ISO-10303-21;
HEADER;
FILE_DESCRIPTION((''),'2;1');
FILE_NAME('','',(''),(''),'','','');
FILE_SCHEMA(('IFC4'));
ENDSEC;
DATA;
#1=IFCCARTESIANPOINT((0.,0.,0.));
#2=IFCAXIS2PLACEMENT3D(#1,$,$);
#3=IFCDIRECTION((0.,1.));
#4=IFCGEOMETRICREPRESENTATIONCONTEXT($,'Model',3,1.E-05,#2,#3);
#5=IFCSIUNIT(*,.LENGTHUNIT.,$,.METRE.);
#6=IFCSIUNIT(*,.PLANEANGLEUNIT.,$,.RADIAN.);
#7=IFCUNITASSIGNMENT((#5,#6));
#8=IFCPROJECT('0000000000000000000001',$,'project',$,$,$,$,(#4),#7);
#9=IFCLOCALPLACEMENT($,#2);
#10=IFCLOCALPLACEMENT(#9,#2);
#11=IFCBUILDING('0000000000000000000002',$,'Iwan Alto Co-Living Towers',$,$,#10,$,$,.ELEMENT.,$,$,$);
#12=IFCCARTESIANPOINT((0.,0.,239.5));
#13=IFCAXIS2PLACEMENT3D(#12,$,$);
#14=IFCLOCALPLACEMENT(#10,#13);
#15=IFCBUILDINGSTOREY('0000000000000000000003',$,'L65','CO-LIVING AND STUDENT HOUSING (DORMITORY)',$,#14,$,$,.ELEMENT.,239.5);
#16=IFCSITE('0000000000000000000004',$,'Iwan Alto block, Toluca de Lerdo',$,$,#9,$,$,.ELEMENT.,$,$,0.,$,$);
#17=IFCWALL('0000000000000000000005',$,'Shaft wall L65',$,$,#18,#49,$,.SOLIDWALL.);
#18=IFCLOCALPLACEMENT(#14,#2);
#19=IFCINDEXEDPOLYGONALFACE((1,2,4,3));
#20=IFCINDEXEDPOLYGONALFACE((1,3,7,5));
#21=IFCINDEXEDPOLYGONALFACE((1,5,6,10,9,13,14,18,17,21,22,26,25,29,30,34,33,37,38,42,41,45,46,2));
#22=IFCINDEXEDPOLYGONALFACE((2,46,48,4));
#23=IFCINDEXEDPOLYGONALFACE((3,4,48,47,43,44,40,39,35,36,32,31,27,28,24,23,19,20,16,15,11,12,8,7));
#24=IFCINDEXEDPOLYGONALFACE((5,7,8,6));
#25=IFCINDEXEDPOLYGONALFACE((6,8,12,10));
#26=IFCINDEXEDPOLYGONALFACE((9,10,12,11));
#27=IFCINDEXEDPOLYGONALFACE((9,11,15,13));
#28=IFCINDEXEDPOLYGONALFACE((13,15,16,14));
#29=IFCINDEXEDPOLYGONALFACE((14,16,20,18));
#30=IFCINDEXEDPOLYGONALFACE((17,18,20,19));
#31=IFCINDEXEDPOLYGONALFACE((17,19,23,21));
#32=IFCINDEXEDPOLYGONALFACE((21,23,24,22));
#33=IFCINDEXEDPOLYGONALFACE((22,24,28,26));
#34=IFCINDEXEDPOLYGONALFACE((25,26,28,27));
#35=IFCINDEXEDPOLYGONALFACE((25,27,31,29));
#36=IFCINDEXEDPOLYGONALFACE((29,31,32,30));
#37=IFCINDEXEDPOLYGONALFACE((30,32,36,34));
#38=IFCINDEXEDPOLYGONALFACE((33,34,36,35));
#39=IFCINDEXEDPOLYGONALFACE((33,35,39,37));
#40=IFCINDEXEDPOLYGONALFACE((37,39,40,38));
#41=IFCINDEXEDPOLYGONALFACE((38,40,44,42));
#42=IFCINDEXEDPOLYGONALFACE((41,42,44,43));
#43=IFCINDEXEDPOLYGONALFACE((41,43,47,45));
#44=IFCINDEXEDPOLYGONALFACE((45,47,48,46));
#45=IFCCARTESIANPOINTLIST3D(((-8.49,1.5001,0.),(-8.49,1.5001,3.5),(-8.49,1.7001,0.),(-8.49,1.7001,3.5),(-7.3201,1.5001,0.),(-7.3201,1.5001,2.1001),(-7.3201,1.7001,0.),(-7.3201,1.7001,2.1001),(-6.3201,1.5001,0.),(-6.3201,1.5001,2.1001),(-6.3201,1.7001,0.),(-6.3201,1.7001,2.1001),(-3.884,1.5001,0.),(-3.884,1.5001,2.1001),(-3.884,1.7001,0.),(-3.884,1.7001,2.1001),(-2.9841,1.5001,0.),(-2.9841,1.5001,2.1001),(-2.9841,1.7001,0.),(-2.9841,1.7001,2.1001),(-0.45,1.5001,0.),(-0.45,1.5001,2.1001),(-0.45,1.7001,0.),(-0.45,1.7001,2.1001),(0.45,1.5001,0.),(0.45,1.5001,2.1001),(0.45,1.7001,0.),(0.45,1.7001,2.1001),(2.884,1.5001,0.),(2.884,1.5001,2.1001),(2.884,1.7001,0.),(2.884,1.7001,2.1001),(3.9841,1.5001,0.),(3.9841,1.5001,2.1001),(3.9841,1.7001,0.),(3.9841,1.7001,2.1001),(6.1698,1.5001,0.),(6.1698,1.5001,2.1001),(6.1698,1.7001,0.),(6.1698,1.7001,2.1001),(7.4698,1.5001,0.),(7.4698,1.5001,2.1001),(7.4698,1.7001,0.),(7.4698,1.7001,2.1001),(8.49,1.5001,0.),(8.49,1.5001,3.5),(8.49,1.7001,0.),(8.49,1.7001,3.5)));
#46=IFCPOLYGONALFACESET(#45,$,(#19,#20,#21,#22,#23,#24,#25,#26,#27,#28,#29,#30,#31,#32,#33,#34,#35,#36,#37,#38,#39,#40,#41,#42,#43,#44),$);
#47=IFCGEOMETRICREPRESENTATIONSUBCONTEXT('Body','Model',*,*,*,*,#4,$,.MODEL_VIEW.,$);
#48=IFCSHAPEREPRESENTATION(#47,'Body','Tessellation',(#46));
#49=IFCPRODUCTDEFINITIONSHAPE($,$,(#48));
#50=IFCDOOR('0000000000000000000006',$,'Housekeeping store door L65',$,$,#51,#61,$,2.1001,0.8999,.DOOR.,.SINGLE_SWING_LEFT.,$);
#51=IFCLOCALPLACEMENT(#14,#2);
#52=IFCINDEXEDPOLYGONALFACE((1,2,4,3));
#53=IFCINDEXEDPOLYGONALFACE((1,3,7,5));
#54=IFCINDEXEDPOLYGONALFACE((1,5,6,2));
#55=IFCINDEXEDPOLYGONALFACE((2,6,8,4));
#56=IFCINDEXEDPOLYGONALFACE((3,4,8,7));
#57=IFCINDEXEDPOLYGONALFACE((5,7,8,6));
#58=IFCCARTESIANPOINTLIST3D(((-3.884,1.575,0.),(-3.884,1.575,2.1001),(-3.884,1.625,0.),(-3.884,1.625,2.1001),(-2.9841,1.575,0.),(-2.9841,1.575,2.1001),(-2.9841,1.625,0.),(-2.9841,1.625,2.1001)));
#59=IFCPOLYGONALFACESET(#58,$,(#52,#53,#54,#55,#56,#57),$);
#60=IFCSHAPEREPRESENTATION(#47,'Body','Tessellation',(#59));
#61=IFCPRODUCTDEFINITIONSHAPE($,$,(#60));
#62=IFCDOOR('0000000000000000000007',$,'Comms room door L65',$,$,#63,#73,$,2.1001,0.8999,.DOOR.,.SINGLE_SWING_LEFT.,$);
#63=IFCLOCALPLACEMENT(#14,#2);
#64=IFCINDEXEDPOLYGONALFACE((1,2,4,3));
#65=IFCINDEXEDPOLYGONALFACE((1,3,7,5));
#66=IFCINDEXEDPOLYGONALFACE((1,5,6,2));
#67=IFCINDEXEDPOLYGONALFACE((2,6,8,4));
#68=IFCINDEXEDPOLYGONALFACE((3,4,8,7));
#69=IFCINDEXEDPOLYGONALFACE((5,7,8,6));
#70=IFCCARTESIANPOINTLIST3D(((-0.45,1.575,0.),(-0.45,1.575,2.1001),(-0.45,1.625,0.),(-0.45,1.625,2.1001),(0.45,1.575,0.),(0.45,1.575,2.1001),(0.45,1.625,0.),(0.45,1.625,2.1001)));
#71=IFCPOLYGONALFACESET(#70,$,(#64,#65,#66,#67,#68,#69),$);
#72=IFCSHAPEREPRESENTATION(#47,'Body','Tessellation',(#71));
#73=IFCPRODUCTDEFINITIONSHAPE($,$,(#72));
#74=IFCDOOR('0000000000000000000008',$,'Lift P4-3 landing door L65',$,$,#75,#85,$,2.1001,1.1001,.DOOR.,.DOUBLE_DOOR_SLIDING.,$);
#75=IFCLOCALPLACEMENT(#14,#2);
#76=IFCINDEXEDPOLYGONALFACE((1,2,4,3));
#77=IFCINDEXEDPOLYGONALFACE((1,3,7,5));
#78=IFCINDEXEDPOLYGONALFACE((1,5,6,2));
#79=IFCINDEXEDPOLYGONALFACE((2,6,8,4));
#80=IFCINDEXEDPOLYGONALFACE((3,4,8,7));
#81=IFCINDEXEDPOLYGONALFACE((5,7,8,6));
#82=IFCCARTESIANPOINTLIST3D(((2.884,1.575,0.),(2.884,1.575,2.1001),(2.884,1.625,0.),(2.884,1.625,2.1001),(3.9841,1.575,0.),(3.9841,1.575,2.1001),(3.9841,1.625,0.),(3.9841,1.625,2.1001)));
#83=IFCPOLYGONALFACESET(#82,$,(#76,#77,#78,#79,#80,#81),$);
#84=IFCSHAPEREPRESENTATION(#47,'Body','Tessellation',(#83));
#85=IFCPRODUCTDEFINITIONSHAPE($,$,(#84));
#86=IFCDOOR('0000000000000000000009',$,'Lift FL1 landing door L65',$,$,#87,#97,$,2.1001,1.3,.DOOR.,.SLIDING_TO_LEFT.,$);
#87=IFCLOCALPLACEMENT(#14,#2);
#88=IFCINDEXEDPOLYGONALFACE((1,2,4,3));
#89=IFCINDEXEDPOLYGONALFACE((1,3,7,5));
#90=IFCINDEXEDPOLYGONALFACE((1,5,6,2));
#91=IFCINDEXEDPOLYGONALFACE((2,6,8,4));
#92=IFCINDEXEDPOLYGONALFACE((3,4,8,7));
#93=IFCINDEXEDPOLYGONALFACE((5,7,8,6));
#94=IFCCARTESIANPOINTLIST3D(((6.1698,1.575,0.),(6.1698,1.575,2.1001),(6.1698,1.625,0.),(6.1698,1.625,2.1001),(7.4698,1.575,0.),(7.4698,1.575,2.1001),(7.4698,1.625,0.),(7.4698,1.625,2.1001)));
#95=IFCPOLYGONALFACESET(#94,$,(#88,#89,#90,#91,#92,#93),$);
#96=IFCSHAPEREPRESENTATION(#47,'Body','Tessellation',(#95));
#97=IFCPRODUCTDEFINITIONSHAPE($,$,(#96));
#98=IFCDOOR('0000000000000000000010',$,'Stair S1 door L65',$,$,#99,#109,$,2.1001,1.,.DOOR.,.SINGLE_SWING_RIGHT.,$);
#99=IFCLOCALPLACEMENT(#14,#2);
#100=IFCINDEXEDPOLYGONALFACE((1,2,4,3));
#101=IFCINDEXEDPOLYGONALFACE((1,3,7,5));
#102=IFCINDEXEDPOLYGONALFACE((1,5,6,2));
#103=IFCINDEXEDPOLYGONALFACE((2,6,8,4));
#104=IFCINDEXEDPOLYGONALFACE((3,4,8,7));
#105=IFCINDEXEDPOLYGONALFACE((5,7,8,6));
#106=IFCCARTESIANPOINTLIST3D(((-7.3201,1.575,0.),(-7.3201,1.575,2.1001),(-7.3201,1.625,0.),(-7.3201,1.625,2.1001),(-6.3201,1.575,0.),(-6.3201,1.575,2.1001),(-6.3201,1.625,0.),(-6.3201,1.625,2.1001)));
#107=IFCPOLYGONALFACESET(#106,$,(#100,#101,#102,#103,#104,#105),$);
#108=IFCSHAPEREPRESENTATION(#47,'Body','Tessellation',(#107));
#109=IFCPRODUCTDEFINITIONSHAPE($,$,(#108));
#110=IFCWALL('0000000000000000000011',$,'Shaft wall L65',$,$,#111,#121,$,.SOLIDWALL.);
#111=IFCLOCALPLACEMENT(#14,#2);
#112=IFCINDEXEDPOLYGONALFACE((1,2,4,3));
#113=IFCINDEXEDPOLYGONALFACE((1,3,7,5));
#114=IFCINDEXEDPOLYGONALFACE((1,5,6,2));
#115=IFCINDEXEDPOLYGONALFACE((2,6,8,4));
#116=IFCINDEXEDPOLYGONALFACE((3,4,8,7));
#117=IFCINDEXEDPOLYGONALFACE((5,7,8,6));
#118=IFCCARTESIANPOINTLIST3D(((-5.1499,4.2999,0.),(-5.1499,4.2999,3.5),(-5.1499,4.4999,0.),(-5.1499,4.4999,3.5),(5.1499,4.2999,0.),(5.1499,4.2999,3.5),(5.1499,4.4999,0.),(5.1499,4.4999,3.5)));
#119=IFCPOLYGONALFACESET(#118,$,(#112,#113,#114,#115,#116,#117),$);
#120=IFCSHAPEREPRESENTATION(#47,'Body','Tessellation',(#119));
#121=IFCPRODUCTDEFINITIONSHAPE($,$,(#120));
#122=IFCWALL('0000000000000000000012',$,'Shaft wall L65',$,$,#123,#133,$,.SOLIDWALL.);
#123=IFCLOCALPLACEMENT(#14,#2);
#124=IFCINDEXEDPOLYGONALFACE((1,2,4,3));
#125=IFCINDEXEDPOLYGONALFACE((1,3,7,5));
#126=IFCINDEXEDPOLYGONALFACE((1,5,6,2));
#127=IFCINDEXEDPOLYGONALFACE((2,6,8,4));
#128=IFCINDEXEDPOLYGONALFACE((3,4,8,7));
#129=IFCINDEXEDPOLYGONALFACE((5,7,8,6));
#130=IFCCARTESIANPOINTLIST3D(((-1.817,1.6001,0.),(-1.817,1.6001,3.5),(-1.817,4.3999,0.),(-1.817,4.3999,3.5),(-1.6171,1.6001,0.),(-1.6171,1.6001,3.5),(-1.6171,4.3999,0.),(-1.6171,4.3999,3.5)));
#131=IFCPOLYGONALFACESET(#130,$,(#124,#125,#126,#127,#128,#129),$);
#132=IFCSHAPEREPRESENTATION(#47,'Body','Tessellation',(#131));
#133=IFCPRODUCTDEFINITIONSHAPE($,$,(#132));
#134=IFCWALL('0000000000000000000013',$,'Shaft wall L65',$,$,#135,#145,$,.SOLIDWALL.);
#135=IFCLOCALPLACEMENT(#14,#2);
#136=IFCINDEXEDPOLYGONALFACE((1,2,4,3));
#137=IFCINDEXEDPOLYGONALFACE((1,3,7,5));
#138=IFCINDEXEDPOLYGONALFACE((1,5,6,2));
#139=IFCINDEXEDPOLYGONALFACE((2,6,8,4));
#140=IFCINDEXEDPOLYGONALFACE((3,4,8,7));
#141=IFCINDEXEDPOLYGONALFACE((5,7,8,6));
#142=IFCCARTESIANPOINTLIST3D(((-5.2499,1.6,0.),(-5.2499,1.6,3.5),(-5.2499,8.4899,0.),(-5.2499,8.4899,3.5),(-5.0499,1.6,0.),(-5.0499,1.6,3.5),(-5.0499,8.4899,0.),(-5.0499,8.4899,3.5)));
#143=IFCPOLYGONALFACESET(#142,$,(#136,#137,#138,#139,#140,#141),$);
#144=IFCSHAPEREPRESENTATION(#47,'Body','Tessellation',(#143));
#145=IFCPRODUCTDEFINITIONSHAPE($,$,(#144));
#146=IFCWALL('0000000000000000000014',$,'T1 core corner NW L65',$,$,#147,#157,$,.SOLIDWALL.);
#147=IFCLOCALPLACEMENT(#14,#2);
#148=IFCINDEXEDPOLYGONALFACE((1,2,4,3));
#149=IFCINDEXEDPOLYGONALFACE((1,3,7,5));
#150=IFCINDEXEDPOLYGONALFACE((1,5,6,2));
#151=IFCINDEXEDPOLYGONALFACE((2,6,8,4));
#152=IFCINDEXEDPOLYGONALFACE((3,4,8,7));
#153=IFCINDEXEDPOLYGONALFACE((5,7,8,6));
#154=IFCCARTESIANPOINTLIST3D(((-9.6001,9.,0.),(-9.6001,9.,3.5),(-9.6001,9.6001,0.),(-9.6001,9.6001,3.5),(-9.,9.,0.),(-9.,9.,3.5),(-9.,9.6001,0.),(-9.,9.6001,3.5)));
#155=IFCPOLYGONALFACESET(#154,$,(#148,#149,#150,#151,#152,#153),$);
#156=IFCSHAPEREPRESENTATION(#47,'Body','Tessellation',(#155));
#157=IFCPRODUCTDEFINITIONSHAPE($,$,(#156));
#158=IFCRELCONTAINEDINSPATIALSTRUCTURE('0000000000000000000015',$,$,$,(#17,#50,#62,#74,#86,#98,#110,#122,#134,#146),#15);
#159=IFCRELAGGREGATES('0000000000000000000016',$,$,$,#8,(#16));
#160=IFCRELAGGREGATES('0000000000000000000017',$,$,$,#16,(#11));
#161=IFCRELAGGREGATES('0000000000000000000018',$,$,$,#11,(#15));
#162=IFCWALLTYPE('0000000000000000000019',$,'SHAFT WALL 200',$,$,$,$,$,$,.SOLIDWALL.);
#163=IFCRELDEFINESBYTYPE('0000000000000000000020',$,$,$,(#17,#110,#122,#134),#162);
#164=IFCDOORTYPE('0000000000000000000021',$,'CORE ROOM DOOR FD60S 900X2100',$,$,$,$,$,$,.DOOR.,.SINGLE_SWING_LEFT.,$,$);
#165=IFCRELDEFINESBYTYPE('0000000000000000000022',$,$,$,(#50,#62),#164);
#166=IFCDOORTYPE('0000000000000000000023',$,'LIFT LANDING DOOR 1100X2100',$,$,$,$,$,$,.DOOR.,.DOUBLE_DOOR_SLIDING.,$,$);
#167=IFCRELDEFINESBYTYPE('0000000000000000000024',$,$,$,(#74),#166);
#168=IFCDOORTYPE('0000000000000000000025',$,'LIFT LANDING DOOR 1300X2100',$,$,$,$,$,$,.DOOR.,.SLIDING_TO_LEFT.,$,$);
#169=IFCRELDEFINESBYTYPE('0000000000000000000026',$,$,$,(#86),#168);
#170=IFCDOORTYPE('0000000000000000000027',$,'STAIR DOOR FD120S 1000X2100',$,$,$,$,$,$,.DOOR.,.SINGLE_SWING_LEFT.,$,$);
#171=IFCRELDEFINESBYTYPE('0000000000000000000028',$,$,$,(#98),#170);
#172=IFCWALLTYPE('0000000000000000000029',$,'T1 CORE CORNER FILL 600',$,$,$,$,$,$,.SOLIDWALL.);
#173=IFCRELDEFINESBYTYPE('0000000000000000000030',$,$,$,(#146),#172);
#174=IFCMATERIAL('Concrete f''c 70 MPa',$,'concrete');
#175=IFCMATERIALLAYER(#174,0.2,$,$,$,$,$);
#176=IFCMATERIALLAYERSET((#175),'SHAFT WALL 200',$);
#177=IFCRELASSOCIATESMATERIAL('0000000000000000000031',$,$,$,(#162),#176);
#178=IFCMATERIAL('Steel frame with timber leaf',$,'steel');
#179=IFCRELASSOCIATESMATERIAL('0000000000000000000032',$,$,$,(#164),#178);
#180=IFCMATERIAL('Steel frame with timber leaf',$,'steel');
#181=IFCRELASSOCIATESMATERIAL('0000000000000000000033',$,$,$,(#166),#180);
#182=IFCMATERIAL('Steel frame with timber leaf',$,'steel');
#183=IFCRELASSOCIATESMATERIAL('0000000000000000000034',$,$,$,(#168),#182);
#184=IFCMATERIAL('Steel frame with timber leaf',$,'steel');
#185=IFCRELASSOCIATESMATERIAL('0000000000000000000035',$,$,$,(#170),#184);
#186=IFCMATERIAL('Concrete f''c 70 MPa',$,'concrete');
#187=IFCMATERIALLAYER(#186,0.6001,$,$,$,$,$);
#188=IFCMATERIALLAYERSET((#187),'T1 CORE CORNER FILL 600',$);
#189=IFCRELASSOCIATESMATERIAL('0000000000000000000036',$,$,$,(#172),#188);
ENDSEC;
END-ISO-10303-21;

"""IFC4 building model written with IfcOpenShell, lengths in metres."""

from ifc_helpers import new_model, si_unit, direction, frame, frame_2d, origin, place, context, subcontext, project, spatial, rectangle, extrude, material, layer, layer_set, type_object, element, fill, save


model = new_model("IFC4")

# Units and contexts
model_context = context("Model", 3, precision=1e-05, world=origin(), true_north=direction((0.0, 1.0)))
body_context = subcontext(model_context, "Body", "Model", "MODEL_VIEW")
ifc_project = project(units=[si_unit("LENGTHUNIT", "METRE"), si_unit("PLANEANGLEUNIT", "RADIAN")], contexts=[model_context])

# Site, building, storey
site_placement = place(None, origin())
site = spatial("IfcSite", under=ifc_project, at=site_placement, Name="Iwan Alto block, Toluca de Lerdo", CompositionType="ELEMENT", RefElevation=0.0)
building_placement = place(site_placement, origin())
building = spatial("IfcBuilding", under=site, at=building_placement, Name="Iwan Alto Co-Living Towers", CompositionType="ELEMENT")
storey_placement = place(building_placement, frame((0.0, 0.0, 239.5)))
storey = spatial("IfcBuildingStorey", under=building, at=storey_placement, Name="L65", Description="CO-LIVING AND STUDENT HOUSING (DORMITORY)", CompositionType="ELEMENT", Elevation=239.5)

# Wall, openings, doors
ifc_material_1 = material(Name="Concrete f'c 70 MPa", Category="concrete")
ifc_layer_1 = layer(ifc_material_1, 0.2)
ifc_layer_set_1 = layer_set([ifc_layer_1], Name="SHAFT WALL 200")
wall_type_1 = type_object("IfcWallType", Name="SHAFT WALL 200", PredefinedType="SOLIDWALL", material=ifc_layer_set_1)
wall_1_placement = place(storey_placement, frame((-8.49, 1.6001, 0.0), z_axis=(0.0, 0.0, 1.0), x_axis=(1.0, 0.0, 0.0)))
wall_1 = element("IfcWall", 1, at=wall_1_placement, inside=storey, type_object=wall_type_1, Name="Shaft wall L65", PredefinedType="SOLIDWALL", context=body_context, shape_type="SweptSolid", body=[
    extrude(rectangle(XDim=16.98, YDim=0.2, at=frame_2d((8.49, 0.0))), origin(), (0.0, 0.0, 1.0), 3.5),
])
opening_1_placement = place(wall_1_placement, frame((1.1699, 0.0, 0.0)))
opening_1 = element("IfcOpeningElement", 2, at=opening_1_placement, cuts=wall_1, PredefinedType="OPENING", context=body_context, shape_type="SweptSolid", body=[
    extrude(rectangle(XDim=1.0, YDim=2.1001, at=frame_2d((0.5, 1.05))), frame((0.0, 0.1099, 0.0), z_axis=(0.0, -1.0, 0.0), x_axis=(1.0, 0.0, 0.0)), (0.0, 0.0, 1.0), 0.22),
])
opening_2_placement = place(wall_1_placement, frame((4.606, 0.0, 0.0)))
opening_2 = element("IfcOpeningElement", 3, at=opening_2_placement, cuts=wall_1, PredefinedType="OPENING", context=body_context, shape_type="SweptSolid", body=[
    extrude(rectangle(XDim=0.8999, YDim=2.1001, at=frame_2d((0.45, 1.05))), frame((0.0, 0.1099, 0.0), z_axis=(0.0, -1.0, 0.0), x_axis=(1.0, 0.0, 0.0)), (0.0, 0.0, 1.0), 0.22),
])
opening_3_placement = place(wall_1_placement, frame((8.04, 0.0, 0.0)))
opening_3 = element("IfcOpeningElement", 4, at=opening_3_placement, cuts=wall_1, PredefinedType="OPENING", context=body_context, shape_type="SweptSolid", body=[
    extrude(rectangle(XDim=0.8999, YDim=2.1001, at=frame_2d((0.45, 1.05))), frame((0.0, 0.1099, 0.0), z_axis=(0.0, -1.0, 0.0), x_axis=(1.0, 0.0, 0.0)), (0.0, 0.0, 1.0), 0.22),
])
opening_4_placement = place(wall_1_placement, frame((11.374, 0.0, 0.0)))
opening_4 = element("IfcOpeningElement", 5, at=opening_4_placement, cuts=wall_1, PredefinedType="OPENING", context=body_context, shape_type="SweptSolid", body=[
    extrude(rectangle(XDim=1.1001, YDim=2.1001, at=frame_2d((0.55, 1.05))), frame((0.0, 0.1099, 0.0), z_axis=(0.0, -1.0, 0.0), x_axis=(1.0, 0.0, 0.0)), (0.0, 0.0, 1.0), 0.22),
])
opening_5_placement = place(wall_1_placement, frame((14.6599, 0.0, 0.0)))
opening_5 = element("IfcOpeningElement", 6, at=opening_5_placement, cuts=wall_1, PredefinedType="OPENING", context=body_context, shape_type="SweptSolid", body=[
    extrude(rectangle(XDim=1.3, YDim=2.1001, at=frame_2d((0.6499, 1.05))), frame((0.0, 0.1099, 0.0), z_axis=(0.0, -1.0, 0.0), x_axis=(1.0, 0.0, 0.0)), (0.0, 0.0, 1.0), 0.22),
])
ifc_material_2 = material(Name="Steel frame with timber leaf", Category="steel")
door_type_1 = type_object("IfcDoorType", Name="CORE ROOM DOOR FD60S 900X2100", OperationType="SINGLE_SWING_LEFT", PredefinedType="DOOR", material=ifc_material_2)
door_1_placement = place(opening_2_placement, origin())
door_1 = element("IfcDoor", 7, at=door_1_placement, inside=storey, type_object=door_type_1, Name="Housekeeping store door L65", OperationType="SINGLE_SWING_LEFT", OverallHeight=2.1001, OverallWidth=0.8999, PredefinedType="DOOR", context=body_context, shape_type="SweptSolid", body=[
    extrude(rectangle(XDim=0.8999, YDim=2.1001, at=frame_2d((0.45, 1.05))), frame((0.0, 0.0249, 0.0), z_axis=(0.0, -1.0, 0.0), x_axis=(1.0, 0.0, 0.0)), (0.0, 0.0, 1.0), 0.05),
])
fill(opening_2, door_1)
door_2_placement = place(opening_3_placement, origin())
door_2 = element("IfcDoor", 8, at=door_2_placement, inside=storey, type_object=door_type_1, Name="Comms room door L65", OperationType="SINGLE_SWING_LEFT", OverallHeight=2.1001, OverallWidth=0.8999, PredefinedType="DOOR", context=body_context, shape_type="SweptSolid", body=[
    extrude(rectangle(XDim=0.8999, YDim=2.1001, at=frame_2d((0.45, 1.05))), frame((0.0, 0.0249, 0.0), z_axis=(0.0, -1.0, 0.0), x_axis=(1.0, 0.0, 0.0)), (0.0, 0.0, 1.0), 0.05),
])
fill(opening_3, door_2)
ifc_material_3 = material(Name="Steel frame with timber leaf", Category="steel")
door_type_2 = type_object("IfcDoorType", Name="LIFT LANDING DOOR 1100X2100", OperationType="DOUBLE_DOOR_SLIDING", PredefinedType="DOOR", material=ifc_material_3)
door_3_placement = place(opening_4_placement, origin())
door_3 = element("IfcDoor", 9, at=door_3_placement, inside=storey, type_object=door_type_2, Name="Lift P4-3 landing door L65", OperationType="DOUBLE_DOOR_SLIDING", OverallHeight=2.1001, OverallWidth=1.1001, PredefinedType="DOOR", context=body_context, shape_type="SweptSolid", body=[
    extrude(rectangle(XDim=1.1001, YDim=2.1001, at=frame_2d((0.55, 1.05))), frame((0.0, 0.0249, 0.0), z_axis=(0.0, -1.0, 0.0), x_axis=(1.0, 0.0, 0.0)), (0.0, 0.0, 1.0), 0.05),
])
fill(opening_4, door_3)
ifc_material_4 = material(Name="Steel frame with timber leaf", Category="steel")
door_type_3 = type_object("IfcDoorType", Name="LIFT LANDING DOOR 1300X2100", OperationType="SLIDING_TO_LEFT", PredefinedType="DOOR", material=ifc_material_4)
door_4_placement = place(opening_5_placement, origin())
door_4 = element("IfcDoor", 10, at=door_4_placement, inside=storey, type_object=door_type_3, Name="Lift FL1 landing door L65", OperationType="SLIDING_TO_LEFT", OverallHeight=2.1001, OverallWidth=1.3, PredefinedType="DOOR", context=body_context, shape_type="SweptSolid", body=[
    extrude(rectangle(XDim=1.3, YDim=2.1001, at=frame_2d((0.6499, 1.05))), frame((0.0, 0.0249, 0.0), z_axis=(0.0, -1.0, 0.0), x_axis=(1.0, 0.0, 0.0)), (0.0, 0.0, 1.0), 0.05),
])
fill(opening_5, door_4)
ifc_material_5 = material(Name="Steel frame with timber leaf", Category="steel")
door_type_4 = type_object("IfcDoorType", Name="STAIR DOOR FD120S 1000X2100", OperationType="SINGLE_SWING_LEFT", PredefinedType="DOOR", material=ifc_material_5)
door_5_placement = place(opening_1_placement, origin())
door_5 = element("IfcDoor", 11, at=door_5_placement, inside=storey, type_object=door_type_4, Name="Stair S1 door L65", OperationType="SINGLE_SWING_RIGHT", OverallHeight=2.1001, OverallWidth=1.0, PredefinedType="DOOR", context=body_context, shape_type="SweptSolid", body=[
    extrude(rectangle(XDim=1.0, YDim=2.1001, at=frame_2d((0.5, 1.05))), frame((0.0, 0.0249, 0.0), z_axis=(0.0, -1.0, 0.0), x_axis=(1.0, 0.0, 0.0)), (0.0, 0.0, 1.0), 0.05),
])
fill(opening_1, door_5)

# Walls
wall_2_placement = place(storey_placement, frame((-5.1499, 4.3999, 0.0), z_axis=(0.0, 0.0, 1.0), x_axis=(1.0, 0.0, 0.0)))
element("IfcWall", 12, at=wall_2_placement, inside=storey, type_object=wall_type_1, Name="Shaft wall L65", PredefinedType="SOLIDWALL", context=body_context, shape_type="SweptSolid", body=[
    extrude(rectangle(XDim=10.2998, YDim=0.2, at=frame_2d((5.1499, 0.0))), origin(), (0.0, 0.0, 1.0), 3.5),
])
wall_3_placement = place(storey_placement, frame((-1.717, 1.6001, 0.0), z_axis=(0.0, 0.0, 1.0), x_axis=(0.0, 1.0, 0.0)))
element("IfcWall", 13, at=wall_3_placement, inside=storey, type_object=wall_type_1, Name="Shaft wall L65", PredefinedType="SOLIDWALL", context=body_context, shape_type="SweptSolid", body=[
    extrude(rectangle(XDim=2.7998, YDim=0.2, at=frame_2d((1.3999, 0.0))), origin(), (0.0, 0.0, 1.0), 3.5),
])
wall_4_placement = place(storey_placement, frame((-5.1499, 1.6001, 0.0), z_axis=(0.0, 0.0, 1.0), x_axis=(0.0, 1.0, 0.0)))
element("IfcWall", 14, at=wall_4_placement, inside=storey, type_object=wall_type_1, Name="Shaft wall L65", PredefinedType="SOLIDWALL", context=body_context, shape_type="SweptSolid", body=[
    extrude(rectangle(XDim=6.8899, YDim=0.2, at=frame_2d((3.4448, 0.0))), origin(), (0.0, 0.0, 1.0), 3.5),
])
ifc_material_6 = material(Name="Concrete f'c 70 MPa", Category="concrete")
ifc_layer_2 = layer(ifc_material_6, 0.6001)
ifc_layer_set_2 = layer_set([ifc_layer_2], Name="T1 CORE CORNER FILL 600")
wall_type_2 = type_object("IfcWallType", Name="T1 CORE CORNER FILL 600", PredefinedType="SOLIDWALL", material=ifc_layer_set_2)
wall_5_placement = place(storey_placement, frame((-9.6001, 9.3, 0.0), z_axis=(0.0, 0.0, 1.0), x_axis=(1.0, 0.0, 0.0)))
element("IfcWall", 15, at=wall_5_placement, inside=storey, type_object=wall_type_2, Name="T1 core corner NW L65", PredefinedType="SOLIDWALL", context=body_context, shape_type="SweptSolid", body=[
    extrude(rectangle(XDim=0.6001, YDim=0.6001, at=frame_2d((0.3, 0.0))), origin(), (0.0, 0.0, 1.0), 3.5),
])

save(model, "model.ifc")
